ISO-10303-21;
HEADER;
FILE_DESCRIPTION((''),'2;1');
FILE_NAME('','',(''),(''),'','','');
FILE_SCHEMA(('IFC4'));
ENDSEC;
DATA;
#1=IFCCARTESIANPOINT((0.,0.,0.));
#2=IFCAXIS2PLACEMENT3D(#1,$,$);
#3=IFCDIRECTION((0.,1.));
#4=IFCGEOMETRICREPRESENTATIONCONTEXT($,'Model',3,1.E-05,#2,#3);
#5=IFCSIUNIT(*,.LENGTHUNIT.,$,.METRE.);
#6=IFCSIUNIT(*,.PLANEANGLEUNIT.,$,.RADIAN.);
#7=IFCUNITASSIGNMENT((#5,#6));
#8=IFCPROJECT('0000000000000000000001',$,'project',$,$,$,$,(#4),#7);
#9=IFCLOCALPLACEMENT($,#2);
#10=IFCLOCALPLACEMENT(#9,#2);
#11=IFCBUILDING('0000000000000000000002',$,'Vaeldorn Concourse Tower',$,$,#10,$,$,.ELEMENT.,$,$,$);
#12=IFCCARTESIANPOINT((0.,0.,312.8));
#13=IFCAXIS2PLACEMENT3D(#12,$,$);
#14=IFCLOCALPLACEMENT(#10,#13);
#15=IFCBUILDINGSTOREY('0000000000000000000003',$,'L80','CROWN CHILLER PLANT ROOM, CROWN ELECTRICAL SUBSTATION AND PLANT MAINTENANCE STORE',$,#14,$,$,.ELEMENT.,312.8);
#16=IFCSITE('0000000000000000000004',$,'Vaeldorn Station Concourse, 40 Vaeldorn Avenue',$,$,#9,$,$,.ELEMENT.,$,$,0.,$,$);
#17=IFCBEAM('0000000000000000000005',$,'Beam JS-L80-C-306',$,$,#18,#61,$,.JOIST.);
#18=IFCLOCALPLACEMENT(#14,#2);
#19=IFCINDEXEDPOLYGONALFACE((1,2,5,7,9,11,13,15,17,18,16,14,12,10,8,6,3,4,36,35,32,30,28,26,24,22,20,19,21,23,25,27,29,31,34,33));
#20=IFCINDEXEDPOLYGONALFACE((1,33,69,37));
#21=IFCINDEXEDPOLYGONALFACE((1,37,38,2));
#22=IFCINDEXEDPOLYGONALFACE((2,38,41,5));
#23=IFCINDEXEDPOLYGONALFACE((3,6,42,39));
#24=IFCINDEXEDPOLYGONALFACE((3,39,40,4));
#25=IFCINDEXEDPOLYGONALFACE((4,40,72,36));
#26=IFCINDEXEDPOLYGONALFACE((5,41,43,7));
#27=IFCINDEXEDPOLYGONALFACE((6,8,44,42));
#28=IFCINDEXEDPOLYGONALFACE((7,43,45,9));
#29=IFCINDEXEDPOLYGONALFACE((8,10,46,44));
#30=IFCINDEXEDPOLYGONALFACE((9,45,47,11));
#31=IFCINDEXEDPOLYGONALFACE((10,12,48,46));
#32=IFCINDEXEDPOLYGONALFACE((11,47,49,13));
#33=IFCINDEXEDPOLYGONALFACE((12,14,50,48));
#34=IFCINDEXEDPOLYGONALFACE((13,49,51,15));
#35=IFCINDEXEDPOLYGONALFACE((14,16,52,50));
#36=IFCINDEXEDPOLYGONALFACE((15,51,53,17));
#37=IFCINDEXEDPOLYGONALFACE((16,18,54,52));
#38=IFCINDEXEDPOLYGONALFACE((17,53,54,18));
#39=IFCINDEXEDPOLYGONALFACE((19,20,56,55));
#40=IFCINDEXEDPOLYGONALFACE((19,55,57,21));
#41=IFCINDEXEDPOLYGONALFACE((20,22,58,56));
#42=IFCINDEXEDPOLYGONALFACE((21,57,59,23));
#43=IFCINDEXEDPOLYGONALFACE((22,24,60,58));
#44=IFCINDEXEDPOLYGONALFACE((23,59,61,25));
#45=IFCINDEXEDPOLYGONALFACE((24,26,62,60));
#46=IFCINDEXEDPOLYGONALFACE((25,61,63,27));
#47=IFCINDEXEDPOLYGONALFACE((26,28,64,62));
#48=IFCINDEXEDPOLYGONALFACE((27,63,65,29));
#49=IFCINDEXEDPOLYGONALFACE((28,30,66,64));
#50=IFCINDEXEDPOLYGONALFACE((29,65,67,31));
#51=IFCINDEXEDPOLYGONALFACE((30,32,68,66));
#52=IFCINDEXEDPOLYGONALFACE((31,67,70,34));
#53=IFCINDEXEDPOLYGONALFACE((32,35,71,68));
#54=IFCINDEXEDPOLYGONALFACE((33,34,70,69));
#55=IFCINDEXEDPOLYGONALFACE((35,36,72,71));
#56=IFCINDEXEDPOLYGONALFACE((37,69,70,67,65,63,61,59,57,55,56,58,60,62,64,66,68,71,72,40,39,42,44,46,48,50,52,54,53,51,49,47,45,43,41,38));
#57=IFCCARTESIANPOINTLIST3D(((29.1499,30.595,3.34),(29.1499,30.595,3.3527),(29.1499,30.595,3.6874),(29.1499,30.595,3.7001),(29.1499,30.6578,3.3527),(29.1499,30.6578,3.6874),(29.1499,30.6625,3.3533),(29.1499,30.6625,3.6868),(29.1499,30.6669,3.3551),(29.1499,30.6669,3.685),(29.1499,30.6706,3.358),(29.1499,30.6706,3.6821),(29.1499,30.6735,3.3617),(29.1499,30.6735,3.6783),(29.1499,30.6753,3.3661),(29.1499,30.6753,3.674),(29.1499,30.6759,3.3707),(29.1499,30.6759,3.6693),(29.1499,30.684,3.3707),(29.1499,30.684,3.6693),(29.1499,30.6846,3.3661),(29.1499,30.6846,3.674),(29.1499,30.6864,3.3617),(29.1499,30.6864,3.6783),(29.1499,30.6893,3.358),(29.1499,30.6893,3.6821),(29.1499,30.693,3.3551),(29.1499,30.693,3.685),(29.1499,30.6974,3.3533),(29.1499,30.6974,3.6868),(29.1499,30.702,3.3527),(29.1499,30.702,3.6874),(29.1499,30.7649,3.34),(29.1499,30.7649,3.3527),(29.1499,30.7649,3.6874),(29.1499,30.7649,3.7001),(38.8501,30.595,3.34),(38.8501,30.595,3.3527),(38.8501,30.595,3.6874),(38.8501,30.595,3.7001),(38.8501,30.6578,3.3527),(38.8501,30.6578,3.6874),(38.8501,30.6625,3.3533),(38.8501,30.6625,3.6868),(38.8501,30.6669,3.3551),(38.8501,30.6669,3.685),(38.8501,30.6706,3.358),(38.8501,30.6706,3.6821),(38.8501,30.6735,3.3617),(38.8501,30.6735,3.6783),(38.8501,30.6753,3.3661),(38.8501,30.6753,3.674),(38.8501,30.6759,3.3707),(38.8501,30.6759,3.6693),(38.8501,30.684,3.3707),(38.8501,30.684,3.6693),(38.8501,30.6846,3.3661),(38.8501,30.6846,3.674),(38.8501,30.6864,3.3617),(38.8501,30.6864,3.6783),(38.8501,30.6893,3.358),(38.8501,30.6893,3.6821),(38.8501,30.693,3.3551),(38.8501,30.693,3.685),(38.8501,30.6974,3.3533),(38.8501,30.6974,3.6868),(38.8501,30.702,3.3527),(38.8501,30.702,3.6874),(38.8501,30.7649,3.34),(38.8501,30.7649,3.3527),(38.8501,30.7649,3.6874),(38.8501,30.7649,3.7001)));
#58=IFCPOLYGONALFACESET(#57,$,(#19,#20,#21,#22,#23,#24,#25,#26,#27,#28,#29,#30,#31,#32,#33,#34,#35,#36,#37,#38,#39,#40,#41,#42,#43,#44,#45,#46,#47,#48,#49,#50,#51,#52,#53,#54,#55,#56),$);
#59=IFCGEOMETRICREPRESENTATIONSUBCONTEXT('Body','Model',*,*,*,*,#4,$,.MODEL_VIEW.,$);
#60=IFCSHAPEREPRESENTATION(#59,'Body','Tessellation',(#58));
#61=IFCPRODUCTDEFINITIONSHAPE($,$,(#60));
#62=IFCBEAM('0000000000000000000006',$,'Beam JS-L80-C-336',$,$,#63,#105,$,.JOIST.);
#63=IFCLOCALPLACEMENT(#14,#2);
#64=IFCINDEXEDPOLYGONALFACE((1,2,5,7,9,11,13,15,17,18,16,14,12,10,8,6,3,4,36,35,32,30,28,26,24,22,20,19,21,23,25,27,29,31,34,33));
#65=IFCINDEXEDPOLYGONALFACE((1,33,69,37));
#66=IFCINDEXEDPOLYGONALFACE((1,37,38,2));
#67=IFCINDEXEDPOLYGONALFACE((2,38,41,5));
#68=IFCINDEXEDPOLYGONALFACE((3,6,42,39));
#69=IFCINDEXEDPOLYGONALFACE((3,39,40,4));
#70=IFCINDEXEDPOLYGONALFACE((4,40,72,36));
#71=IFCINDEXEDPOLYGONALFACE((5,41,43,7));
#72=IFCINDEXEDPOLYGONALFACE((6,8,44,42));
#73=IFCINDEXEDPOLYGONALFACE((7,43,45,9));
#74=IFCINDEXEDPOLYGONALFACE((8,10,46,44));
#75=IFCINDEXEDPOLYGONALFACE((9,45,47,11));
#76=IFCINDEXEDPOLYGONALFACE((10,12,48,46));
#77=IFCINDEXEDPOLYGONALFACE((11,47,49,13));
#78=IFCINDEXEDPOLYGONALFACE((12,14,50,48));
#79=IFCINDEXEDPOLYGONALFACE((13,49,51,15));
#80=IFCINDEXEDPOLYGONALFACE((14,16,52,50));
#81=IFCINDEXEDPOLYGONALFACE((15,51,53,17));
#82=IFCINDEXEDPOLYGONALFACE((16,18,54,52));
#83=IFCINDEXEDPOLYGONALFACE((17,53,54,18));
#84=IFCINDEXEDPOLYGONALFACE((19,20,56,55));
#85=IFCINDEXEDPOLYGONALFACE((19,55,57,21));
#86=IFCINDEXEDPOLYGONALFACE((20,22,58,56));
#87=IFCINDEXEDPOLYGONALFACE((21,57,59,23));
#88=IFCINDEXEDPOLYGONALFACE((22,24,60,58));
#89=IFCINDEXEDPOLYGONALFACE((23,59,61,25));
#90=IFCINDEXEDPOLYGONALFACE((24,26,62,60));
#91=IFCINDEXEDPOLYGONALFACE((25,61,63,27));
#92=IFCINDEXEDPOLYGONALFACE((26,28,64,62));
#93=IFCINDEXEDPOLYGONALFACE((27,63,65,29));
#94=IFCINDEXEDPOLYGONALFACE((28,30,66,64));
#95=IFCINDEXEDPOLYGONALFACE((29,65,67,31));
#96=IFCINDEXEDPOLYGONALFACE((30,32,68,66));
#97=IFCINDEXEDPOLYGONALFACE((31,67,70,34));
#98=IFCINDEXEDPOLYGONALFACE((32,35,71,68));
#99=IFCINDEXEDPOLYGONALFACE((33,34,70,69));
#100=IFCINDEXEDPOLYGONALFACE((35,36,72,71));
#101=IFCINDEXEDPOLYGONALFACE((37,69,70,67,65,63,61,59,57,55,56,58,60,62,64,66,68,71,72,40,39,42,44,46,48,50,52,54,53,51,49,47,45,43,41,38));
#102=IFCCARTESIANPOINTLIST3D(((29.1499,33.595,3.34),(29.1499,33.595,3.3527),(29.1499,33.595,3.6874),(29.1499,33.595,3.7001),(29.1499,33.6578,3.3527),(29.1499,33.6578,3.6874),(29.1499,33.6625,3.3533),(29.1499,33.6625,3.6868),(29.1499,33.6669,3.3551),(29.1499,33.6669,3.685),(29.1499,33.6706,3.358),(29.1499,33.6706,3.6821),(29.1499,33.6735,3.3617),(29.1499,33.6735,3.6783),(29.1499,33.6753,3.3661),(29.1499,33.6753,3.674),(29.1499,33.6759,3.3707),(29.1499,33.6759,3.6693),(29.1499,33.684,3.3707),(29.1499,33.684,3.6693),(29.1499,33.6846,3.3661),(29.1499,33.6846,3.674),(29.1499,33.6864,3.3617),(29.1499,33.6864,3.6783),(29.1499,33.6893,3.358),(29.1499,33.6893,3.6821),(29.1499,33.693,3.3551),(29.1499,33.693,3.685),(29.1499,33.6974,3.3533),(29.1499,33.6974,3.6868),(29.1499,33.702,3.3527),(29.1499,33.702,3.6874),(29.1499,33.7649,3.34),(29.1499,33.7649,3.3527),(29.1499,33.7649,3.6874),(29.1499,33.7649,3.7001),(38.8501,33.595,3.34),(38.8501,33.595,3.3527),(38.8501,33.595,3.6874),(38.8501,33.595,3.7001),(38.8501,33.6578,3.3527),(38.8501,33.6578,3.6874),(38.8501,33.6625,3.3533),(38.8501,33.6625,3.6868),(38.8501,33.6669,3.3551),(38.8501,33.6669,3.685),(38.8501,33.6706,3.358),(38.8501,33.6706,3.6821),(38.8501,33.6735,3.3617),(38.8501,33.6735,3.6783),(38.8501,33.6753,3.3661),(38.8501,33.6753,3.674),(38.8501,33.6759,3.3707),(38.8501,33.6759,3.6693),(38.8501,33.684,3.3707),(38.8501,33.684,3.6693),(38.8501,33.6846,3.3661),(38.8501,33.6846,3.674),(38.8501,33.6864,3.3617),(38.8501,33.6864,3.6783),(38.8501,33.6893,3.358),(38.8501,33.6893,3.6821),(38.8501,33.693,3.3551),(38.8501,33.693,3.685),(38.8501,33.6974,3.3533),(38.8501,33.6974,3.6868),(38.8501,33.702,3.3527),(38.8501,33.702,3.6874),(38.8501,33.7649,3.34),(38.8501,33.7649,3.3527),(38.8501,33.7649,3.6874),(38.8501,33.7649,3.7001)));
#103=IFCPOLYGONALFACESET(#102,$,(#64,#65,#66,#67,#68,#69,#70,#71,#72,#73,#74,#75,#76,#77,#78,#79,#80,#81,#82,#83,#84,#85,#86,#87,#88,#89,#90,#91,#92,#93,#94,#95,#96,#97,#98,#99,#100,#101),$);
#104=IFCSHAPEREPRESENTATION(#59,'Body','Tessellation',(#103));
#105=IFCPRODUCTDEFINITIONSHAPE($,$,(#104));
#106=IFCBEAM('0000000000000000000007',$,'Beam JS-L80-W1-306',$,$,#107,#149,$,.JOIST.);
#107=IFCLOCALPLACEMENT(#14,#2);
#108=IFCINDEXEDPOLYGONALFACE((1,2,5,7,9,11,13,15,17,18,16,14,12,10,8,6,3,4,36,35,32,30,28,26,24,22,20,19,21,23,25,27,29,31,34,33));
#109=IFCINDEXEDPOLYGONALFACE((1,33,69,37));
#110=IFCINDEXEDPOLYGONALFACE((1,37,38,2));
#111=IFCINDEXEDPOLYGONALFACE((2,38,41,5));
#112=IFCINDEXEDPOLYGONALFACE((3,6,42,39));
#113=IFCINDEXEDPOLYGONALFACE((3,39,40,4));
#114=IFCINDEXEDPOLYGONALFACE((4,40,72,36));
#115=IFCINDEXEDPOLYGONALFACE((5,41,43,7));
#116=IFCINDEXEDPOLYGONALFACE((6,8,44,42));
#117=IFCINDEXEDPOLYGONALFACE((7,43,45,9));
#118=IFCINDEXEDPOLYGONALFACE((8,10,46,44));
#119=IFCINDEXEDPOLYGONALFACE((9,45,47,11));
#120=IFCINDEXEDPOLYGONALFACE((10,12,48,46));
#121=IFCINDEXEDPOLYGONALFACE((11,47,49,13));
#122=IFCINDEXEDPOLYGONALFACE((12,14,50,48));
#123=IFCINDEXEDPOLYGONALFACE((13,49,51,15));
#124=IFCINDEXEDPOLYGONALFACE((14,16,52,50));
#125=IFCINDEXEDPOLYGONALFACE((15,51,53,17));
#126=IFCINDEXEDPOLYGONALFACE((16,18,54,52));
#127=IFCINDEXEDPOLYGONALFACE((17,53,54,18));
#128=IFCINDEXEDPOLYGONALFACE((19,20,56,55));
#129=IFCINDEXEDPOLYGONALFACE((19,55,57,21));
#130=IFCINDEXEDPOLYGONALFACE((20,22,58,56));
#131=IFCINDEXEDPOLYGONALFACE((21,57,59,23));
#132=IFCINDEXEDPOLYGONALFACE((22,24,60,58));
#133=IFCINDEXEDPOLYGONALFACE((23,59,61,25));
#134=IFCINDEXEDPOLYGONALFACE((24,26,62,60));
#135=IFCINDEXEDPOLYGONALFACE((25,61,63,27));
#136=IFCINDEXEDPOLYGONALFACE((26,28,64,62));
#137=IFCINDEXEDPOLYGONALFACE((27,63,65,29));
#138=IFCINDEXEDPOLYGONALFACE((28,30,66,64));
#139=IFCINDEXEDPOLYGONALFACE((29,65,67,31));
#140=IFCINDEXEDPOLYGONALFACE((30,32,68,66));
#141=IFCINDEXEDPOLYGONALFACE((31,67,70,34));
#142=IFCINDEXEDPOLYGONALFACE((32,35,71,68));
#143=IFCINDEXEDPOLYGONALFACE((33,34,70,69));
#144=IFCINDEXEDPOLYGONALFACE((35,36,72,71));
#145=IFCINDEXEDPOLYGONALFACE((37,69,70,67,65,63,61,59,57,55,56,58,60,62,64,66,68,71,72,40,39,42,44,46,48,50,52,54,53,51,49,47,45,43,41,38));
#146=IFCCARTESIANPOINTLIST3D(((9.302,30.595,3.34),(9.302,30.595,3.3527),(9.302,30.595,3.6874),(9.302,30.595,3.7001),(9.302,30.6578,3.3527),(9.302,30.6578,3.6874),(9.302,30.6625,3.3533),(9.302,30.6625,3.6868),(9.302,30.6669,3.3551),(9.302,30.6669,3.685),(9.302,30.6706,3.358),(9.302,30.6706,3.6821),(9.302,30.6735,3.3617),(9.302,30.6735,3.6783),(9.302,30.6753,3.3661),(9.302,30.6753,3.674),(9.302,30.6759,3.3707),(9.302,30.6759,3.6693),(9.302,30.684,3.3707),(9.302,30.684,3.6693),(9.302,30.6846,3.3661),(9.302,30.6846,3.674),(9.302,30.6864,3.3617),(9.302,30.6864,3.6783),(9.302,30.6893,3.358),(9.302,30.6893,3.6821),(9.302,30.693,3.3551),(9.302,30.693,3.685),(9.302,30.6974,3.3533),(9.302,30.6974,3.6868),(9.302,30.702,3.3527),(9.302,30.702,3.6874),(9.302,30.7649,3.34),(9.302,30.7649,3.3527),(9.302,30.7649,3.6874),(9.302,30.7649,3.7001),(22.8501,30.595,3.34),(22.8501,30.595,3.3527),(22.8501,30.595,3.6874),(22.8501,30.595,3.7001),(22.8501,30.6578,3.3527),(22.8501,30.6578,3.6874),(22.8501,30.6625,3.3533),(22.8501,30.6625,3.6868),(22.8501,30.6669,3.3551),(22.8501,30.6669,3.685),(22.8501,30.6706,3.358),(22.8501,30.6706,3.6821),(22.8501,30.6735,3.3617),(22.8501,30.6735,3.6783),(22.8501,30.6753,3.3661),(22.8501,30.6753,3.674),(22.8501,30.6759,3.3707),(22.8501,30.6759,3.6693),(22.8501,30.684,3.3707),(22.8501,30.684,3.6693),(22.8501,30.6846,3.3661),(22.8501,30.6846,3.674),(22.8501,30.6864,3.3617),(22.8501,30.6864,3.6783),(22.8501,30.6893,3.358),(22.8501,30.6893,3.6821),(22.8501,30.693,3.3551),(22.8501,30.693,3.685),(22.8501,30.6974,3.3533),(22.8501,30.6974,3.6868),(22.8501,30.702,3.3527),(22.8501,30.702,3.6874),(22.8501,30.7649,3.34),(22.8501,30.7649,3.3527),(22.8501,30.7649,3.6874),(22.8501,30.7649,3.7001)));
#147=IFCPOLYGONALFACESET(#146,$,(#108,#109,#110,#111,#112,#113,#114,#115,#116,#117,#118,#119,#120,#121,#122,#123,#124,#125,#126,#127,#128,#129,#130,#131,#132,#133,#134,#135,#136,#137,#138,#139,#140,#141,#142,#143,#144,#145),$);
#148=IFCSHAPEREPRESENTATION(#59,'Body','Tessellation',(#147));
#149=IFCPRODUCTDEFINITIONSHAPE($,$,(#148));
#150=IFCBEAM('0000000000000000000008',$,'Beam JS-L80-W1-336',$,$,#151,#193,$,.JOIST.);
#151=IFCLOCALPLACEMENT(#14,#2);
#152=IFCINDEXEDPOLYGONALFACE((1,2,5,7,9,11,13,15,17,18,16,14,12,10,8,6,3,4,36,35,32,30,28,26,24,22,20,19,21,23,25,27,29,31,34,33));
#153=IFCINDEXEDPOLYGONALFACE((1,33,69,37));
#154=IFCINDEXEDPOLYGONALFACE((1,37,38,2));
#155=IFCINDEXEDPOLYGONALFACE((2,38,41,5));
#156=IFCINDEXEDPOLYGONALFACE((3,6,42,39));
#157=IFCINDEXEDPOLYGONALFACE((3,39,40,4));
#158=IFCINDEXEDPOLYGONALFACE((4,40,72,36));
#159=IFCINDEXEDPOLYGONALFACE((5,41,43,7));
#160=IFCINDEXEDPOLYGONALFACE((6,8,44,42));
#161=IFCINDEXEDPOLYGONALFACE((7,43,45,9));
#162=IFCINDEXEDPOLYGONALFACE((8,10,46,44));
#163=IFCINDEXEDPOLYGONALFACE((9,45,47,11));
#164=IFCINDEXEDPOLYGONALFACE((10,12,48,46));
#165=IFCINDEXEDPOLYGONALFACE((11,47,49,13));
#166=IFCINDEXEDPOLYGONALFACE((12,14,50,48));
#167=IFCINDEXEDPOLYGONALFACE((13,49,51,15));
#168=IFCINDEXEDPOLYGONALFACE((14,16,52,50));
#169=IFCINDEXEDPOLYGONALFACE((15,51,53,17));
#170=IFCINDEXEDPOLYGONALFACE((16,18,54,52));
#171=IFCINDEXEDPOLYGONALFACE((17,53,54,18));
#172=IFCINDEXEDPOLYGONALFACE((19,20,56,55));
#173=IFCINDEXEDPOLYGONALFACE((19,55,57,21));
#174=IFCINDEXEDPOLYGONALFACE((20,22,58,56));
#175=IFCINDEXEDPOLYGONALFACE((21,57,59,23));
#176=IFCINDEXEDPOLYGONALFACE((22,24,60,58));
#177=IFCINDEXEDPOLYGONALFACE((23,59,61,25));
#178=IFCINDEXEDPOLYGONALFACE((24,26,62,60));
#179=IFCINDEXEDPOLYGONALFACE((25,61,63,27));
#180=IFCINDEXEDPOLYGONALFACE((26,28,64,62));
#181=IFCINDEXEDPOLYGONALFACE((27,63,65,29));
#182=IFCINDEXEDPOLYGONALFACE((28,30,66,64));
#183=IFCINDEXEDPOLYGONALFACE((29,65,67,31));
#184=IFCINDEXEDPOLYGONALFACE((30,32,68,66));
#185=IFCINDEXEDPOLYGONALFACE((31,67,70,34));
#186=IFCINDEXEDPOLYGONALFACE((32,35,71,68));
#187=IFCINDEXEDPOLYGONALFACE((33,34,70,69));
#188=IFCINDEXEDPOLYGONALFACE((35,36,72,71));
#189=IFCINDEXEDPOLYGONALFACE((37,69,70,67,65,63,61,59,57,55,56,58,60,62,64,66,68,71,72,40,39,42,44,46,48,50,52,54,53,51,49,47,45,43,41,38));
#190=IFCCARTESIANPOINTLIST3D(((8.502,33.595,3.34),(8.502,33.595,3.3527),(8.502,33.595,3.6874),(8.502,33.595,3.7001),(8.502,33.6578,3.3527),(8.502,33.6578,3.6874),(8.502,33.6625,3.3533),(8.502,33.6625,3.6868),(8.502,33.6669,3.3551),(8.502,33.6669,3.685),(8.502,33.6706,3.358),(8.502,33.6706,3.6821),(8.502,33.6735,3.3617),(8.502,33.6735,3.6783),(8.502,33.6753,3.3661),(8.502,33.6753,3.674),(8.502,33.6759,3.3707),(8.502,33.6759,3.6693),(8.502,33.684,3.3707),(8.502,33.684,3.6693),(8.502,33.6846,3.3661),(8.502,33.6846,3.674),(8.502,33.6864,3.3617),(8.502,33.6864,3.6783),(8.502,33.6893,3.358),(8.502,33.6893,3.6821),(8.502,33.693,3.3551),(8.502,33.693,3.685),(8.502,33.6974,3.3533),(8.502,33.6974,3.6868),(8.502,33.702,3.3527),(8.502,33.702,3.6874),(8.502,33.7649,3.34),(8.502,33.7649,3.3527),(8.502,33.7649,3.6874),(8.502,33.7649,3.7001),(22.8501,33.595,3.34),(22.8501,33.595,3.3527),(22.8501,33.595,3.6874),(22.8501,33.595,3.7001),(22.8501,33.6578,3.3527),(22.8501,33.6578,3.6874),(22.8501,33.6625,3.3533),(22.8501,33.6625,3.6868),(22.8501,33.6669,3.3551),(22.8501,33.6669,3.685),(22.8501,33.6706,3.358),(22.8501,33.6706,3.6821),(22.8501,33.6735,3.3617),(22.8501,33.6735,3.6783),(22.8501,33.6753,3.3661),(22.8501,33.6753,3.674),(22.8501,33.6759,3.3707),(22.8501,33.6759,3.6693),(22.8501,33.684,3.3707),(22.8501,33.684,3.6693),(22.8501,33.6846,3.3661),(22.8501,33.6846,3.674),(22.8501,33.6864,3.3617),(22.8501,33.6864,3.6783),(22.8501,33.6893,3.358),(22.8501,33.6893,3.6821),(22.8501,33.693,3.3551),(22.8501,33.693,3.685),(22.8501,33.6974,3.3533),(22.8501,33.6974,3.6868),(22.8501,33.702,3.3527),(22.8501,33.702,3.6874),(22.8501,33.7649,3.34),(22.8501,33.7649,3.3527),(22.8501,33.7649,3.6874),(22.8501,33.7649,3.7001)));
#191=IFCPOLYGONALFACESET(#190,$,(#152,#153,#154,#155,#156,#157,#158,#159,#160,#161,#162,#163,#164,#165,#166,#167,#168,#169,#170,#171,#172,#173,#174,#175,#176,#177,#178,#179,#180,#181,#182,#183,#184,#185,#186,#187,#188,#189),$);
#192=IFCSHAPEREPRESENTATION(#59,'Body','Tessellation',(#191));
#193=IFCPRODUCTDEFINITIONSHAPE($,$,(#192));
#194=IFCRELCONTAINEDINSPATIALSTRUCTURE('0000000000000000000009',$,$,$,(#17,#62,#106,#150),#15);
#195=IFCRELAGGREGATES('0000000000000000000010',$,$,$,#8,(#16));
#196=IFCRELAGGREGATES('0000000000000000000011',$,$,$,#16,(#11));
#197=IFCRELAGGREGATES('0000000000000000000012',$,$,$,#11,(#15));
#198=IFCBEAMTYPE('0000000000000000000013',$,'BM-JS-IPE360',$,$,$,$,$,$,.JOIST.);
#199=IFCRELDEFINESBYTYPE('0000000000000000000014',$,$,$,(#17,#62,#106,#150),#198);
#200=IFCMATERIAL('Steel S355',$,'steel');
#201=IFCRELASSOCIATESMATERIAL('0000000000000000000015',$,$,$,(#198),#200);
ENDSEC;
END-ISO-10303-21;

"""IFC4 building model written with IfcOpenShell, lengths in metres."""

from ifc_helpers import new_model, si_unit, direction, frame, origin, origin_2d, place, context, subcontext, project, spatial, i_section, extrude, source, transform, mapped, material, material_profile, profile_set, type_object, element, save


model = new_model("IFC4")

# Units and contexts
model_context = context("Model", 3, precision=1e-05, world=origin(), true_north=direction((0.0, 1.0)))
body_context = subcontext(model_context, "Body", "Model", "MODEL_VIEW")
ifc_project = project(units=[si_unit("LENGTHUNIT", "METRE"), si_unit("PLANEANGLEUNIT", "RADIAN")], contexts=[model_context])

# Site, building, storey
site_placement = place(None, origin())
site = spatial("IfcSite", under=ifc_project, at=site_placement, Name="Vaeldorn Station Concourse, 40 Vaeldorn Avenue", CompositionType="ELEMENT", RefElevation=0.0)
building_placement = place(site_placement, origin())
building = spatial("IfcBuilding", under=site, at=building_placement, Name="Vaeldorn Concourse Tower", CompositionType="ELEMENT")
storey_placement = place(building_placement, frame((0.0, 0.0, 312.8)))
storey = spatial("IfcBuildingStorey", under=building, at=storey_placement, Name="L80", Description="CROWN CHILLER PLANT ROOM, CROWN ELECTRICAL SUBSTATION AND PLANT MAINTENANCE STORE", CompositionType="ELEMENT", Elevation=312.8)

# Shared definitions
ifc_material_1 = material(Name="Steel S355", Category="steel")

# Beams
ifc_material_profile_1 = material_profile(ifc_material_1, i_section(OverallWidth=0.1699, OverallDepth=0.3601, WebThickness=0.0081, FlangeThickness=0.0127, FilletRadius=0.0181, at=origin_2d()), Name="IPE 360")
ifc_profile_set_1 = profile_set([ifc_material_profile_1], Name="Steel S355")
beam_type_1 = type_object("IfcBeamType", Name="BM-JS-IPE360", PredefinedType="JOIST", material=ifc_profile_set_1)
shared_shape_1 = source(origin(), body_context, "Body", "SweptSolid", [
    extrude(i_section(OverallWidth=0.1699, OverallDepth=0.3601, WebThickness=0.0081, FlangeThickness=0.0127, FilletRadius=0.0181, at=origin_2d()), origin(), (0.0, 0.0, 1.0), 9.7002),
])
for number, where, z_axis, x_axis, name in (
    (1, (29.1499, 30.6799, 3.52), (1.0, 0.0, 0.0), (0.0, 1.0, 0.0), "Beam JS-L80-C-306"),
    (2, (29.1499, 33.6799, 3.52), (1.0, 0.0, 0.0), (0.0, 1.0, 0.0), "Beam JS-L80-C-336"),
):
    element("IfcBeam", number, at=place(storey_placement, frame(where, z_axis=z_axis, x_axis=x_axis)), inside=storey, type_object=beam_type_1, Name=name, PredefinedType="JOIST", context=body_context, shape_type="MappedRepresentation", body=[
        mapped(shared_shape_1, transform((0.0, 0.0, 0.0), scale=1.0)),
    ])
shared_shape_2 = source(origin(), body_context, "Body", "SweptSolid", [
    extrude(i_section(OverallWidth=0.1699, OverallDepth=0.3601, WebThickness=0.0081, FlangeThickness=0.0127, FilletRadius=0.0181, at=origin_2d()), origin(), (0.0, 0.0, 1.0), 13.5481),
])
beam_1_placement = place(storey_placement, frame((9.302, 30.6799, 3.52), z_axis=(1.0, 0.0, 0.0), x_axis=(0.0, 1.0, 0.0)))
element("IfcBeam", 3, at=beam_1_placement, inside=storey, type_object=beam_type_1, Name="Beam JS-L80-W1-306", PredefinedType="JOIST", context=body_context, shape_type="MappedRepresentation", body=[
    mapped(shared_shape_2, transform((0.0, 0.0, 0.0), scale=1.0)),
])
shared_shape_3 = source(origin(), body_context, "Body", "SweptSolid", [
    extrude(i_section(OverallWidth=0.1699, OverallDepth=0.3601, WebThickness=0.0081, FlangeThickness=0.0127, FilletRadius=0.0181, at=origin_2d()), origin(), (0.0, 0.0, 1.0), 14.3481),
])
beam_2_placement = place(storey_placement, frame((8.502, 33.6799, 3.52), z_axis=(1.0, 0.0, 0.0), x_axis=(0.0, 1.0, 0.0)))
element("IfcBeam", 4, at=beam_2_placement, inside=storey, type_object=beam_type_1, Name="Beam JS-L80-W1-336", PredefinedType="JOIST", context=body_context, shape_type="MappedRepresentation", body=[
    mapped(shared_shape_3, transform((0.0, 0.0, 0.0), scale=1.0)),
])

save(model, "model.ifc")
